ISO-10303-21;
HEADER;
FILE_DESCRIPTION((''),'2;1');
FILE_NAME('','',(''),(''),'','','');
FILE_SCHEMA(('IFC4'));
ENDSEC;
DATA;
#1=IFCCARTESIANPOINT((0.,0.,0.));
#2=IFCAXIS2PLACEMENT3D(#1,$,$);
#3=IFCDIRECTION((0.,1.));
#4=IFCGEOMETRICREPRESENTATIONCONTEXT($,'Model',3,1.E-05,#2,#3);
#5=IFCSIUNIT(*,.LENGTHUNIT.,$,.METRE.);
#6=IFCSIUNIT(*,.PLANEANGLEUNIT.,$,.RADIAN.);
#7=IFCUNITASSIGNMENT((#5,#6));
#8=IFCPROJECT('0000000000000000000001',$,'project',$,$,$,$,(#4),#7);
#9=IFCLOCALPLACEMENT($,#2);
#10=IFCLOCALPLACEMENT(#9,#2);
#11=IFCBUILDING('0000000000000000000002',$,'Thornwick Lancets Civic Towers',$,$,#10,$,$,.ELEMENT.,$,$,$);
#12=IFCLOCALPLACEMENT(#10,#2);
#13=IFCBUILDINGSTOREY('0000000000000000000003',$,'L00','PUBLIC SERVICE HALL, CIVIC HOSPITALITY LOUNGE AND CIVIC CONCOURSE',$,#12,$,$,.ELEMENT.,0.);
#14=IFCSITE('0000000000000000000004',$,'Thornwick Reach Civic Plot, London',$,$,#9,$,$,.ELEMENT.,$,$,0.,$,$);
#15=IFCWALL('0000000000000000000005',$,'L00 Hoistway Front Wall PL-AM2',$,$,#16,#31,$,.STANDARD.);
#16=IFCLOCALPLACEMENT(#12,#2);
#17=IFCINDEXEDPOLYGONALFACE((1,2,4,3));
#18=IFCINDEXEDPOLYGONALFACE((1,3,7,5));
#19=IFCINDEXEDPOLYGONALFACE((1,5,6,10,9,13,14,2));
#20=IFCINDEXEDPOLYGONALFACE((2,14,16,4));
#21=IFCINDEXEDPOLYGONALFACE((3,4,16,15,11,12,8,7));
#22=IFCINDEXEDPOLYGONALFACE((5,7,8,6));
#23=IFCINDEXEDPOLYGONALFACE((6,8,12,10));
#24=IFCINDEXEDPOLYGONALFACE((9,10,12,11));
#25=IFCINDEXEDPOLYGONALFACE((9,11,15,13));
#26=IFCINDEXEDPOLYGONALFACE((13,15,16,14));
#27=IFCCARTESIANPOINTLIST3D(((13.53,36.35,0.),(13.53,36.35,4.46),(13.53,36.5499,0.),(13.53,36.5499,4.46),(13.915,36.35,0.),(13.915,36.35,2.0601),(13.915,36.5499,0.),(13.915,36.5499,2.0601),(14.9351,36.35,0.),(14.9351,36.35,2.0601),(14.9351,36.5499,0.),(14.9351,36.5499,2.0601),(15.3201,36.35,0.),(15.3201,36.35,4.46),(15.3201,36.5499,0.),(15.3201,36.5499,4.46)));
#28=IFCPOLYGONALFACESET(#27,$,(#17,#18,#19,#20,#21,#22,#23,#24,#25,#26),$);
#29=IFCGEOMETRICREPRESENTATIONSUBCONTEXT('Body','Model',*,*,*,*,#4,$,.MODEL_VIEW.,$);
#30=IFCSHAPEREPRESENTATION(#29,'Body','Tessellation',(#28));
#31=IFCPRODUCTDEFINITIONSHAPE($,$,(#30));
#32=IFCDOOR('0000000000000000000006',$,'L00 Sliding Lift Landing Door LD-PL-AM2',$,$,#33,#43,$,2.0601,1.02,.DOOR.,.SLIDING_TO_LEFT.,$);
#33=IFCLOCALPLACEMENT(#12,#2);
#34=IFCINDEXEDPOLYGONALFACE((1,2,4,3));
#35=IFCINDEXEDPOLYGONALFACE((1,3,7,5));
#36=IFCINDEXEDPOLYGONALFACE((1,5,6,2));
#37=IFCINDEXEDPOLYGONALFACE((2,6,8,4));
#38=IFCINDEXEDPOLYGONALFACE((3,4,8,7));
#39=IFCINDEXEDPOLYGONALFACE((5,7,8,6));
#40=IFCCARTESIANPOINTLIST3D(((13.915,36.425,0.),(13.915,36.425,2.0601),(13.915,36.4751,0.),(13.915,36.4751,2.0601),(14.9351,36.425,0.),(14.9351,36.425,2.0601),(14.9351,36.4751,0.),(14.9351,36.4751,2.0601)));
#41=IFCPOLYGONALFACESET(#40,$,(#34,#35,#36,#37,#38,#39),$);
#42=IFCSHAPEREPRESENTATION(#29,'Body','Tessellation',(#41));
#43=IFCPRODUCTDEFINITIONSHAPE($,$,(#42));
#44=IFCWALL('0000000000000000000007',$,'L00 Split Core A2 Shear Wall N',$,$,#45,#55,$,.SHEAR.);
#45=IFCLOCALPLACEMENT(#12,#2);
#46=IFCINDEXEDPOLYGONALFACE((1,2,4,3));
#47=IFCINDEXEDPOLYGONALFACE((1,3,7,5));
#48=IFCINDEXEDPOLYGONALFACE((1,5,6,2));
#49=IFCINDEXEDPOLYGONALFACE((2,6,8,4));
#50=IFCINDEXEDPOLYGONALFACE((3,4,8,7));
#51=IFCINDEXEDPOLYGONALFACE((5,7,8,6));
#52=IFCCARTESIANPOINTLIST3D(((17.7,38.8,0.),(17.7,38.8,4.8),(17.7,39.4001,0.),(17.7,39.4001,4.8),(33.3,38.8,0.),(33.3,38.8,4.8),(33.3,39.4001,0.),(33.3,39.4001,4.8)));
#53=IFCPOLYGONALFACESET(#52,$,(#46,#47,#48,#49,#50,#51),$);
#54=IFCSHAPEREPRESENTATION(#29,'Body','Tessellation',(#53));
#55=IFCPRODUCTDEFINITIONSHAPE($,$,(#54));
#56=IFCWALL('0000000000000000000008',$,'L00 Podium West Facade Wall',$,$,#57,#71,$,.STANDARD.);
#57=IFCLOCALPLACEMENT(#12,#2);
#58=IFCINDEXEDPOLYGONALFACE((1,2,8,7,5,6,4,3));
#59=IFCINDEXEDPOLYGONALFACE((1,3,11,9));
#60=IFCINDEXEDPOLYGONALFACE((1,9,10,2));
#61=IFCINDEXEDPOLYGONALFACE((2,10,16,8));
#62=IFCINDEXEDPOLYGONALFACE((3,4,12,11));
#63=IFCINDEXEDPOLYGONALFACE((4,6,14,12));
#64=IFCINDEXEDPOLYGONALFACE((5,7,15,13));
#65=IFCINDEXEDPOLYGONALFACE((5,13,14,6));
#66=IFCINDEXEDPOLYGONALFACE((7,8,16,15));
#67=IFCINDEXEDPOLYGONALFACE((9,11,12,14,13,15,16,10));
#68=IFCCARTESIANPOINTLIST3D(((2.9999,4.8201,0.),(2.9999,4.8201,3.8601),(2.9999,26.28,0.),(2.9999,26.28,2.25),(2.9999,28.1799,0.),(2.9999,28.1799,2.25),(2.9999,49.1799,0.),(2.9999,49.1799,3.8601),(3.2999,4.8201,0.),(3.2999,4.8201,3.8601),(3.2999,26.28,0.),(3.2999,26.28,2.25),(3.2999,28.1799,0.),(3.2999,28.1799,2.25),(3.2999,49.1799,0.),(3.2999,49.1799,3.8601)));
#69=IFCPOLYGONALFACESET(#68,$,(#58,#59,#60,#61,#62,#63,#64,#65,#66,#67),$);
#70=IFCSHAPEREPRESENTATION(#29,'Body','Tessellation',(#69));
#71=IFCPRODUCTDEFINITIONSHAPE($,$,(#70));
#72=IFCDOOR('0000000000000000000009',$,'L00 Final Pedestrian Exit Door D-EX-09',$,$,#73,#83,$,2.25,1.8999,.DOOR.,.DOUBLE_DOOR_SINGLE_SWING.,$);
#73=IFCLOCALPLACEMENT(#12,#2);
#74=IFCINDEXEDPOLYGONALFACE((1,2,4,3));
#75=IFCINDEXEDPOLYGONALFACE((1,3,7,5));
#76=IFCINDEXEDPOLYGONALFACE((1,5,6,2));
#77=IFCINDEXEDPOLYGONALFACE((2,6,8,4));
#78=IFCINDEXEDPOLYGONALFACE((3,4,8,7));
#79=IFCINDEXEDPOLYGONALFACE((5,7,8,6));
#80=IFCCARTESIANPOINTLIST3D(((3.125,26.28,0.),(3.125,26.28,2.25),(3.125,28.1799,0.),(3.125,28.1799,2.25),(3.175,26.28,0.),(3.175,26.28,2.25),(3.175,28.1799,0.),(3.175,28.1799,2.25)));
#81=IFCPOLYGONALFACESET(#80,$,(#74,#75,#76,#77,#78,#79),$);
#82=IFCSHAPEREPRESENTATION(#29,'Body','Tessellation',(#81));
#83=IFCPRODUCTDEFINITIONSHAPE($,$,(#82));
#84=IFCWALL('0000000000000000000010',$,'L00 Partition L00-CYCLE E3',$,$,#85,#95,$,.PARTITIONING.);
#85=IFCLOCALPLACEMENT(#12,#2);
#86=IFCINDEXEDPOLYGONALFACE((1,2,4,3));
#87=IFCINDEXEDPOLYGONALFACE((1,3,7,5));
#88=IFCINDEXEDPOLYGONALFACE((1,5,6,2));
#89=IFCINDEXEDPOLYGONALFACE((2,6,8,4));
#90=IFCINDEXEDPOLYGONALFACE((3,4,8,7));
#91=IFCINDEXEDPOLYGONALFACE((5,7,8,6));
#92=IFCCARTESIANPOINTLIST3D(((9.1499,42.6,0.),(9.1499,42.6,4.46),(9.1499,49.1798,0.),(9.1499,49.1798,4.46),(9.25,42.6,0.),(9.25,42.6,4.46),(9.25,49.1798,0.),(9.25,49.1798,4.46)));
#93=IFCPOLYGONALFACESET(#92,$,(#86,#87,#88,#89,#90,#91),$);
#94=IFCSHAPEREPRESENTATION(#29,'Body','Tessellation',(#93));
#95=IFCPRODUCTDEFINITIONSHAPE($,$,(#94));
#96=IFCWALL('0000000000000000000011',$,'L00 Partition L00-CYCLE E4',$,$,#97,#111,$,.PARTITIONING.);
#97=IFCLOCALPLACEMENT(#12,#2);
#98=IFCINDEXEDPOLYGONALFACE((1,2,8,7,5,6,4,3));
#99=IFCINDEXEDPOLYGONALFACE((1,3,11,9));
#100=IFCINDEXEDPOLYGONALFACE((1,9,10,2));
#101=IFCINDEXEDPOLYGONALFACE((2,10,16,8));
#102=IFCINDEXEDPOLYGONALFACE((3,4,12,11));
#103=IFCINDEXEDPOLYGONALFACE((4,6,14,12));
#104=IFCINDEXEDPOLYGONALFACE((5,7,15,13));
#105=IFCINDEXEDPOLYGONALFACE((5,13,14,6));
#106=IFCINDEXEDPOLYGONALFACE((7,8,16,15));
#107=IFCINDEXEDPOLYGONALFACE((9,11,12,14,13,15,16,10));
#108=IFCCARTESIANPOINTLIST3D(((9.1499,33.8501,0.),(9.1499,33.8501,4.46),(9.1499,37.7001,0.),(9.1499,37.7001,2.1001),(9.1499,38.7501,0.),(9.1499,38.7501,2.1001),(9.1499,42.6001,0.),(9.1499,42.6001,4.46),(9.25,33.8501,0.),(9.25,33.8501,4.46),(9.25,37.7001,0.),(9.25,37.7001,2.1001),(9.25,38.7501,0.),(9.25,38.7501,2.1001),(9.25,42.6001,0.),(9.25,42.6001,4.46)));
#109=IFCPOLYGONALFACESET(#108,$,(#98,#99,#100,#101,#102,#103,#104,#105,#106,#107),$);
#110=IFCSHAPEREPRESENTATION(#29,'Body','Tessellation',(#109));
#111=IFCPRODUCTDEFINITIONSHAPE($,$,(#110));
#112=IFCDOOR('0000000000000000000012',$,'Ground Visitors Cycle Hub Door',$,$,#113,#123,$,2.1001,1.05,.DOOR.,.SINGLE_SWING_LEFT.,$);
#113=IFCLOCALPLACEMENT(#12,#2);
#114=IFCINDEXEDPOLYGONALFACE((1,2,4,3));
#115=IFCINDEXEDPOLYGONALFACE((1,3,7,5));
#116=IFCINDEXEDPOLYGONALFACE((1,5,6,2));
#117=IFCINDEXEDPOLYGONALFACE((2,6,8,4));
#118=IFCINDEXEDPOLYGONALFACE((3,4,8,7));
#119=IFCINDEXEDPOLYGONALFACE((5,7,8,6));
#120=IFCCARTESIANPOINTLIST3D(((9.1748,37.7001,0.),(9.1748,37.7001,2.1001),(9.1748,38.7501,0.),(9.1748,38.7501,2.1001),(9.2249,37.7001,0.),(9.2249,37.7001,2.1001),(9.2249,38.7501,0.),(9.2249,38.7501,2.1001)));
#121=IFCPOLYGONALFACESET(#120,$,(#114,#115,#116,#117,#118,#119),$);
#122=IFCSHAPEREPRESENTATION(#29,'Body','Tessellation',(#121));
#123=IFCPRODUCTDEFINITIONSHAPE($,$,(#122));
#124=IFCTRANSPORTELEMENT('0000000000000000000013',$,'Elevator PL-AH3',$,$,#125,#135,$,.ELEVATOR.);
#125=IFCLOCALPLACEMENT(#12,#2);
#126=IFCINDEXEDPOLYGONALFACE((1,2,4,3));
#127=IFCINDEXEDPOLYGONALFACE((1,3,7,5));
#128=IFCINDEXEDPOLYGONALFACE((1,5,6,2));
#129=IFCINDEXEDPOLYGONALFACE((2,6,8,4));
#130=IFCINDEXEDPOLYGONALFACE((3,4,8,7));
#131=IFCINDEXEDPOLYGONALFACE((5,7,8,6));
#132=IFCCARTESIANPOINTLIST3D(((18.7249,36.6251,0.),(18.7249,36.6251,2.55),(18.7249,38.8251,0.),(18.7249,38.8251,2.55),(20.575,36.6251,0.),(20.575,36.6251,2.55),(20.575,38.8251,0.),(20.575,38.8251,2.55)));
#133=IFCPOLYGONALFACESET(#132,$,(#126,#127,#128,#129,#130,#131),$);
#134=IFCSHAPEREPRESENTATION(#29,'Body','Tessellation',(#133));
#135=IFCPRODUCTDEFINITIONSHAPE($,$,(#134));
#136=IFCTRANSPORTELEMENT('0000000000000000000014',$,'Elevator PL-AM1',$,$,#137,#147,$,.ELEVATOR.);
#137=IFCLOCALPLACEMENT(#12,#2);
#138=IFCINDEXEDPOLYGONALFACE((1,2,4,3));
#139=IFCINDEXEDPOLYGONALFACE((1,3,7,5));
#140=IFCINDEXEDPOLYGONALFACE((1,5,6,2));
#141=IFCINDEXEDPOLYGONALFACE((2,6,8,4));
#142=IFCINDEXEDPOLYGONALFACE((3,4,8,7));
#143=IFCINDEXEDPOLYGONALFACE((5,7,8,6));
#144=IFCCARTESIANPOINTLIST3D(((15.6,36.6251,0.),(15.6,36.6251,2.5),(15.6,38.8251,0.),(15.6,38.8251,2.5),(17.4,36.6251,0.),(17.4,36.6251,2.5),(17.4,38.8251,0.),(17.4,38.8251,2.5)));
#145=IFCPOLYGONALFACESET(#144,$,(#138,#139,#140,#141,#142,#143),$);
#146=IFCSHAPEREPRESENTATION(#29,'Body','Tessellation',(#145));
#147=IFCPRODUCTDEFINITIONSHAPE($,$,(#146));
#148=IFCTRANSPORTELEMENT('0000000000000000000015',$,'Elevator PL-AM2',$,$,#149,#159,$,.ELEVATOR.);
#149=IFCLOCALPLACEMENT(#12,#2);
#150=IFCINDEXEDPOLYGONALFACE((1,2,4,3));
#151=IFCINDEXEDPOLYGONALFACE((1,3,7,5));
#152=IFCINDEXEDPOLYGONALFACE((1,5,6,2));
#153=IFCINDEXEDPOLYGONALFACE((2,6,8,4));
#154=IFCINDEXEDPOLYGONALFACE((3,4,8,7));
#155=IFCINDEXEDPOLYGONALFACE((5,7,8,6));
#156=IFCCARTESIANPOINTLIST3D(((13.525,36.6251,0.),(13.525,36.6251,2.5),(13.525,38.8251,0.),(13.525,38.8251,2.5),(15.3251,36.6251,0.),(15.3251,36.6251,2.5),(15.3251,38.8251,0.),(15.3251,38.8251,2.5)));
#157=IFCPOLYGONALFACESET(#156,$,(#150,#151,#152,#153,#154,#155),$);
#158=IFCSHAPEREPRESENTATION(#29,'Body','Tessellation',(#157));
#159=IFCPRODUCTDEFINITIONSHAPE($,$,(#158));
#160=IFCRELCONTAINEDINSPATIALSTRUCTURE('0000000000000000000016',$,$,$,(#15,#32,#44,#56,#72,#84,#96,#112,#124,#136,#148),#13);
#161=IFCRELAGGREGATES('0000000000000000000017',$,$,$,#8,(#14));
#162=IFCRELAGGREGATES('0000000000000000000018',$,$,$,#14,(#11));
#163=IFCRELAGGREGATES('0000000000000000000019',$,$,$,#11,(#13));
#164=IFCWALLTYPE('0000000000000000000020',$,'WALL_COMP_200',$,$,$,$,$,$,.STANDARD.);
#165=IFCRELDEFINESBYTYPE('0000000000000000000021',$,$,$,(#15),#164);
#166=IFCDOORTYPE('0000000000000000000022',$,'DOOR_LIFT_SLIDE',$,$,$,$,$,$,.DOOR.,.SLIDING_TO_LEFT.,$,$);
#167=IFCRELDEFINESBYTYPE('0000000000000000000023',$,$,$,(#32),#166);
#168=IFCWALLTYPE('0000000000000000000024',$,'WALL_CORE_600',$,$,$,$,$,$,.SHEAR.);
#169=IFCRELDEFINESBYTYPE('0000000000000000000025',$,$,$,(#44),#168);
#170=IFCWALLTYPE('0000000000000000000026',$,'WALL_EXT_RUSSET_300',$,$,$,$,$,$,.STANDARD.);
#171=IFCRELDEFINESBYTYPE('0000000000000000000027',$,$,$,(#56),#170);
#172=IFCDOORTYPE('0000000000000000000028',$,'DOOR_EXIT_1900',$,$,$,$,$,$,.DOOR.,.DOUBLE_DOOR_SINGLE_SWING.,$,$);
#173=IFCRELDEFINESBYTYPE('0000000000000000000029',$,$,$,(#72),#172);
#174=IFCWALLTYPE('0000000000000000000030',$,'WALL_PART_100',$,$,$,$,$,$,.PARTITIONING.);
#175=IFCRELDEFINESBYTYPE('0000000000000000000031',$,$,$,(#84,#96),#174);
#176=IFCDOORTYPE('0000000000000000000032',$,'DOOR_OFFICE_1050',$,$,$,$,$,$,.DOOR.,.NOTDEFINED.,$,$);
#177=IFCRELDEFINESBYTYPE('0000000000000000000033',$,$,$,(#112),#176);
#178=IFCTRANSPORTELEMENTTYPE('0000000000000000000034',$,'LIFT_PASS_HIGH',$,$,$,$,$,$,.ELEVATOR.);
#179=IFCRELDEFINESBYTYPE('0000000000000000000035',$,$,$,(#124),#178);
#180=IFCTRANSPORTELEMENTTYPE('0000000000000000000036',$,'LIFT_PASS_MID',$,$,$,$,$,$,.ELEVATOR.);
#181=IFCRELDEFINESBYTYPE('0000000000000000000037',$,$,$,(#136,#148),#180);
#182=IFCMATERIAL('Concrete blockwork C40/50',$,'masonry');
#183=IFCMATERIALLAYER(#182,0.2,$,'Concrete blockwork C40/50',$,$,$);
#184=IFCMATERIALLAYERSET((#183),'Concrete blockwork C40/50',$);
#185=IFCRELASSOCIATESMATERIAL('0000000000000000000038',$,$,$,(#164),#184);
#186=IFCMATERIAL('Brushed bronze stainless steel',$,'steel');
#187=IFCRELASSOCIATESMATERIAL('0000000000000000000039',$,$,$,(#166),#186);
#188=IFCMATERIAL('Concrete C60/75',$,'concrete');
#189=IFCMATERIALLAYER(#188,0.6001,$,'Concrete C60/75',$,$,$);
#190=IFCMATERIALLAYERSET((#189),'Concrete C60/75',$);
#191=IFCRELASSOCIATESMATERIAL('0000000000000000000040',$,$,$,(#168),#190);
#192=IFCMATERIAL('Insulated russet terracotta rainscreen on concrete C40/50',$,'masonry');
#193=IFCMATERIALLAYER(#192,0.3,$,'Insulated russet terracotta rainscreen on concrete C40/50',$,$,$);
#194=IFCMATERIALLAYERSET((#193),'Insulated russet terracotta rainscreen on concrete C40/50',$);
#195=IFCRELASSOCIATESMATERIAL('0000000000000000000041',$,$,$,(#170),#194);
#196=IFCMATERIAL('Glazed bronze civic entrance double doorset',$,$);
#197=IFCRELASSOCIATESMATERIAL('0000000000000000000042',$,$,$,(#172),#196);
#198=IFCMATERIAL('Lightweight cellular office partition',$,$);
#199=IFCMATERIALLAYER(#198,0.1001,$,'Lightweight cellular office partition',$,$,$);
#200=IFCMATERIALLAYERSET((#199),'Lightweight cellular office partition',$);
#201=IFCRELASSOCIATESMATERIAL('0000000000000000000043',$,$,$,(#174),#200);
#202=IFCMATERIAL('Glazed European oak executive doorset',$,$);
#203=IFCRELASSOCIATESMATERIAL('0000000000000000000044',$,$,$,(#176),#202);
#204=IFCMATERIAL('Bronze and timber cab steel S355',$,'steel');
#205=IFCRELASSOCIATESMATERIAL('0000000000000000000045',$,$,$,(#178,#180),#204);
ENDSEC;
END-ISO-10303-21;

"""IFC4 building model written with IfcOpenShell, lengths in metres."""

from ifc_helpers import new_model, si_unit, direction, frame, frame_2d, origin, origin_2d, place, context, subcontext, project, spatial, rectangle, extrude, material, layer, layer_set, type_object, element, fill, save


model = new_model("IFC4")

# Units and contexts
model_context = context("Model", 3, precision=1e-05, world=origin(), true_north=direction((0.0, 1.0)))
body_context = subcontext(model_context, "Body", "Model", "MODEL_VIEW")
ifc_project = project(units=[si_unit("LENGTHUNIT", "METRE"), si_unit("PLANEANGLEUNIT", "RADIAN")], contexts=[model_context])

# Site, building, storey
site_placement = place(None, origin())
site = spatial("IfcSite", under=ifc_project, at=site_placement, Name="Thornwick Reach Civic Plot, London", CompositionType="ELEMENT", RefElevation=0.0)
building_placement = place(site_placement, origin())
building = spatial("IfcBuilding", under=site, at=building_placement, Name="Thornwick Lancets Civic Towers", CompositionType="ELEMENT")
storey_placement = place(building_placement, origin())
storey = spatial("IfcBuildingStorey", under=building, at=storey_placement, Name="L00", Description="PUBLIC SERVICE HALL, CIVIC HOSPITALITY LOUNGE AND CIVIC CONCOURSE", CompositionType="ELEMENT", Elevation=0.0)

# Shared definitions
ifc_material_1 = material(Name="Concrete C60/75", Category="concrete")

# Wall, opening, door
ifc_material_2 = material(Name="Concrete blockwork C40/50", Category="masonry")
ifc_layer_1 = layer(ifc_material_2, 0.2, Name="Concrete blockwork C40/50")
ifc_layer_set_1 = layer_set([ifc_layer_1], Name="Concrete blockwork C40/50")
wall_type_1 = type_object("IfcWallType", Name="WALL_COMP_200", PredefinedType="STANDARD", material=ifc_layer_set_1)
ifc_material_3 = material(Name="Brushed bronze stainless steel", Category="steel")
door_type_1 = type_object("IfcDoorType", Name="DOOR_LIFT_SLIDE", OperationType="SLIDING_TO_LEFT", PredefinedType="DOOR", material=ifc_material_3)
wall_1_placement = place(storey_placement, frame((15.3201, 36.45, 0.0), z_axis=(0.0, 0.0, 1.0), x_axis=(-1.0, 0.0, 0.0)))
wall_1 = element("IfcWall", 1, at=wall_1_placement, inside=storey, type_object=wall_type_1, Name="L00 Hoistway Front Wall PL-AM2", PredefinedType="STANDARD", context=body_context, shape_type="SweptSolid", body=[
    extrude(rectangle(XDim=1.79, YDim=0.2, at=frame_2d((0.895, 0.0))), origin(), (0.0, 0.0, 1.0), 4.46),
])
opening_1_placement = place(wall_1_placement, frame((0.385, 0.0, 0.0)))
opening_1 = element("IfcOpeningElement", 2, at=opening_1_placement, cuts=wall_1, PredefinedType="OPENING", context=body_context, shape_type="SweptSolid", body=[
    extrude(rectangle(XDim=1.02, YDim=2.0601, at=frame_2d((0.51, 1.03))), frame((0.0, 0.1099, 0.0), z_axis=(0.0, -1.0, 0.0), x_axis=(1.0, 0.0, 0.0)), (0.0, 0.0, 1.0), 0.22),
])
door_1_placement = place(opening_1_placement, origin())
door_1 = element("IfcDoor", 3, at=door_1_placement, inside=storey, type_object=door_type_1, Name="L00 Sliding Lift Landing Door LD-PL-AM2", OperationType="SLIDING_TO_LEFT", OverallHeight=2.0601, OverallWidth=1.02, PredefinedType="DOOR", context=body_context, shape_type="SweptSolid", body=[
    extrude(rectangle(XDim=1.02, YDim=2.0601, at=frame_2d((0.51, 1.03))), frame((0.0, 0.0249, 0.0), z_axis=(0.0, -1.0, 0.0), x_axis=(1.0, 0.0, 0.0)), (0.0, 0.0, 1.0), 0.05),
])
fill(opening_1, door_1)

# Wall
ifc_layer_2 = layer(ifc_material_1, 0.6001, Name="Concrete C60/75")
ifc_layer_set_2 = layer_set([ifc_layer_2], Name="Concrete C60/75")
wall_type_2 = type_object("IfcWallType", Name="WALL_CORE_600", PredefinedType="SHEAR", material=ifc_layer_set_2)
wall_2_placement = place(storey_placement, frame((17.7, 39.1001, 0.0), z_axis=(0.0, 0.0, 1.0), x_axis=(1.0, 0.0, 0.0)))
element("IfcWall", 4, at=wall_2_placement, inside=storey, type_object=wall_type_2, Name="L00 Split Core A2 Shear Wall N", PredefinedType="SHEAR", context=body_context, shape_type="SweptSolid", body=[
    extrude(rectangle(XDim=15.6001, YDim=0.6001, at=frame_2d((7.8, 0.0))), origin(), (0.0, 0.0, 1.0), 4.8),
])

# Wall, opening, door
ifc_material_4 = material(Name="Insulated russet terracotta rainscreen on concrete C40/50", Category="masonry")
ifc_layer_3 = layer(ifc_material_4, 0.3, Name="Insulated russet terracotta rainscreen on concrete C40/50")
ifc_layer_set_3 = layer_set([ifc_layer_3], Name="Insulated russet terracotta rainscreen on concrete C40/50")
wall_type_3 = type_object("IfcWallType", Name="WALL_EXT_RUSSET_300", PredefinedType="STANDARD", material=ifc_layer_set_3)
wall_3_placement = place(storey_placement, frame((3.1499, 49.1799, 0.0), z_axis=(0.0, 0.0, 1.0), x_axis=(0.0, -1.0, 0.0)))
wall_3 = element("IfcWall", 5, at=wall_3_placement, inside=storey, type_object=wall_type_3, Name="L00 Podium West Facade Wall", PredefinedType="STANDARD", context=body_context, shape_type="SweptSolid", body=[
    extrude(rectangle(XDim=44.3599, YDim=0.3, at=frame_2d((22.1799, 0.0))), origin(), (0.0, 0.0, 1.0), 3.8601),
])
opening_2_placement = place(wall_3_placement, frame((22.8999, 0.0, 0.0), z_axis=(0.0, 0.0, 1.0), x_axis=(-1.0, 0.0, 0.0)))
opening_2 = element("IfcOpeningElement", 6, at=opening_2_placement, cuts=wall_3, PredefinedType="OPENING", context=body_context, shape_type="SweptSolid", body=[
    extrude(rectangle(XDim=1.8999, YDim=2.25, at=frame_2d((0.95, 1.125))), frame((0.0, 0.1602, 0.0), z_axis=(0.0, -1.0, 0.0), x_axis=(1.0, 0.0, 0.0)), (0.0, 0.0, 1.0), 0.3201),
])
ifc_material_5 = material(Name="Glazed bronze civic entrance double doorset")
door_type_2 = type_object("IfcDoorType", Name="DOOR_EXIT_1900", OperationType="DOUBLE_DOOR_SINGLE_SWING", PredefinedType="DOOR", material=ifc_material_5)
door_2_placement = place(opening_2_placement, origin())
door_2 = element("IfcDoor", 7, at=door_2_placement, inside=storey, type_object=door_type_2, Name="L00 Final Pedestrian Exit Door D-EX-09", OperationType="DOUBLE_DOOR_SINGLE_SWING", OverallHeight=2.25, OverallWidth=1.8999, PredefinedType="DOOR", context=body_context, shape_type="SweptSolid", body=[
    extrude(rectangle(XDim=1.8999, YDim=2.25, at=frame_2d((0.95, 1.125))), frame((0.0, 0.0249, 0.0), z_axis=(0.0, -1.0, 0.0), x_axis=(1.0, 0.0, 0.0)), (0.0, 0.0, 1.0), 0.05),
])
fill(opening_2, door_2)

# Wall
ifc_material_6 = material(Name="Lightweight cellular office partition")
ifc_layer_4 = layer(ifc_material_6, 0.1001, Name="Lightweight cellular office partition")
ifc_layer_set_4 = layer_set([ifc_layer_4], Name="Lightweight cellular office partition")
wall_type_4 = type_object("IfcWallType", Name="WALL_PART_100", PredefinedType="PARTITIONING", material=ifc_layer_set_4)
wall_4_placement = place(storey_placement, frame((9.2, 49.1799, 0.0), z_axis=(0.0, 0.0, 1.0), x_axis=(0.0, -1.0, 0.0)))
element("IfcWall", 8, at=wall_4_placement, inside=storey, type_object=wall_type_4, Name="L00 Partition L00-CYCLE E3", PredefinedType="PARTITIONING", context=body_context, shape_type="SweptSolid", body=[
    extrude(rectangle(XDim=6.5798, YDim=0.1001, at=frame_2d((3.29, 0.0))), origin(), (0.0, 0.0, 1.0), 4.46),
])

# Wall, opening, door
wall_5_placement = place(storey_placement, frame((9.2, 42.6001, 0.0), z_axis=(0.0, 0.0, 1.0), x_axis=(0.0, -1.0, 0.0)))
wall_5 = element("IfcWall", 9, at=wall_5_placement, inside=storey, type_object=wall_type_4, Name="L00 Partition L00-CYCLE E4", PredefinedType="PARTITIONING", context=body_context, shape_type="SweptSolid", body=[
    extrude(rectangle(XDim=8.75, YDim=0.1001, at=frame_2d((4.375, 0.0))), origin(), (0.0, 0.0, 1.0), 4.46),
])
opening_3_placement = place(wall_5_placement, frame((3.8501, 0.0, 0.0)))
opening_3 = element("IfcOpeningElement", 10, at=opening_3_placement, cuts=wall_5, PredefinedType="OPENING", context=body_context, shape_type="SweptSolid", body=[
    extrude(rectangle(XDim=1.05, YDim=2.1001, at=frame_2d((0.5249, 1.05))), frame((0.0, 0.0601, 0.0), z_axis=(0.0, -1.0, 0.0), x_axis=(1.0, 0.0, 0.0)), (0.0, 0.0, 1.0), 0.1201),
])
ifc_material_7 = material(Name="Glazed European oak executive doorset")
door_type_3 = type_object("IfcDoorType", Name="DOOR_OFFICE_1050", OperationType="NOTDEFINED", PredefinedType="DOOR", material=ifc_material_7)
door_3_placement = place(opening_3_placement, origin())
door_3 = element("IfcDoor", 11, at=door_3_placement, inside=storey, type_object=door_type_3, Name="Ground Visitors Cycle Hub Door", OperationType="SINGLE_SWING_LEFT", OverallHeight=2.1001, OverallWidth=1.05, PredefinedType="DOOR", context=body_context, shape_type="SweptSolid", body=[
    extrude(rectangle(XDim=1.05, YDim=2.1001, at=frame_2d((0.5249, 1.05))), frame((0.0, 0.0249, 0.0), z_axis=(0.0, -1.0, 0.0), x_axis=(1.0, 0.0, 0.0)), (0.0, 0.0, 1.0), 0.05),
])
fill(opening_3, door_3)

# Transport elements
ifc_material_8 = material(Name="Bronze and timber cab steel S355", Category="steel")
transport_element_type_1 = type_object("IfcTransportElementType", Name="LIFT_PASS_HIGH", PredefinedType="ELEVATOR", material=ifc_material_8)
transport_element_placement = place(storey_placement, frame((19.6499, 37.7251, 0.0), z_axis=(0.0, 0.0, 1.0), x_axis=(1.0, 0.0, 0.0)))
element("IfcTransportElement", 12, at=transport_element_placement, inside=storey, type_object=transport_element_type_1, Name="Elevator PL-AH3", PredefinedType="ELEVATOR", context=body_context, shape_type="SweptSolid", body=[
    extrude(rectangle(XDim=1.8501, YDim=2.2, at=origin_2d()), origin(), (0.0, 0.0, 1.0), 2.55),
])
transport_element_type_2 = type_object("IfcTransportElementType", Name="LIFT_PASS_MID", PredefinedType="ELEVATOR", material=ifc_material_8)
for number, where, z_axis, x_axis, name in (
    (13, (16.5, 37.7251, 0.0), (0.0, 0.0, 1.0), (1.0, 0.0, 0.0), "Elevator PL-AM1"),
    (14, (14.425, 37.7251, 0.0), (0.0, 0.0, 1.0), (1.0, 0.0, 0.0), "Elevator PL-AM2"),
):
    element("IfcTransportElement", number, at=place(storey_placement, frame(where, z_axis=z_axis, x_axis=x_axis)), inside=storey, type_object=transport_element_type_2, Name=name, PredefinedType="ELEVATOR", context=body_context, shape_type="SweptSolid", body=[
        extrude(rectangle(XDim=1.8, YDim=2.2, at=origin_2d()), origin(), (0.0, 0.0, 1.0), 2.5),
    ])

save(model, "model.ifc")
